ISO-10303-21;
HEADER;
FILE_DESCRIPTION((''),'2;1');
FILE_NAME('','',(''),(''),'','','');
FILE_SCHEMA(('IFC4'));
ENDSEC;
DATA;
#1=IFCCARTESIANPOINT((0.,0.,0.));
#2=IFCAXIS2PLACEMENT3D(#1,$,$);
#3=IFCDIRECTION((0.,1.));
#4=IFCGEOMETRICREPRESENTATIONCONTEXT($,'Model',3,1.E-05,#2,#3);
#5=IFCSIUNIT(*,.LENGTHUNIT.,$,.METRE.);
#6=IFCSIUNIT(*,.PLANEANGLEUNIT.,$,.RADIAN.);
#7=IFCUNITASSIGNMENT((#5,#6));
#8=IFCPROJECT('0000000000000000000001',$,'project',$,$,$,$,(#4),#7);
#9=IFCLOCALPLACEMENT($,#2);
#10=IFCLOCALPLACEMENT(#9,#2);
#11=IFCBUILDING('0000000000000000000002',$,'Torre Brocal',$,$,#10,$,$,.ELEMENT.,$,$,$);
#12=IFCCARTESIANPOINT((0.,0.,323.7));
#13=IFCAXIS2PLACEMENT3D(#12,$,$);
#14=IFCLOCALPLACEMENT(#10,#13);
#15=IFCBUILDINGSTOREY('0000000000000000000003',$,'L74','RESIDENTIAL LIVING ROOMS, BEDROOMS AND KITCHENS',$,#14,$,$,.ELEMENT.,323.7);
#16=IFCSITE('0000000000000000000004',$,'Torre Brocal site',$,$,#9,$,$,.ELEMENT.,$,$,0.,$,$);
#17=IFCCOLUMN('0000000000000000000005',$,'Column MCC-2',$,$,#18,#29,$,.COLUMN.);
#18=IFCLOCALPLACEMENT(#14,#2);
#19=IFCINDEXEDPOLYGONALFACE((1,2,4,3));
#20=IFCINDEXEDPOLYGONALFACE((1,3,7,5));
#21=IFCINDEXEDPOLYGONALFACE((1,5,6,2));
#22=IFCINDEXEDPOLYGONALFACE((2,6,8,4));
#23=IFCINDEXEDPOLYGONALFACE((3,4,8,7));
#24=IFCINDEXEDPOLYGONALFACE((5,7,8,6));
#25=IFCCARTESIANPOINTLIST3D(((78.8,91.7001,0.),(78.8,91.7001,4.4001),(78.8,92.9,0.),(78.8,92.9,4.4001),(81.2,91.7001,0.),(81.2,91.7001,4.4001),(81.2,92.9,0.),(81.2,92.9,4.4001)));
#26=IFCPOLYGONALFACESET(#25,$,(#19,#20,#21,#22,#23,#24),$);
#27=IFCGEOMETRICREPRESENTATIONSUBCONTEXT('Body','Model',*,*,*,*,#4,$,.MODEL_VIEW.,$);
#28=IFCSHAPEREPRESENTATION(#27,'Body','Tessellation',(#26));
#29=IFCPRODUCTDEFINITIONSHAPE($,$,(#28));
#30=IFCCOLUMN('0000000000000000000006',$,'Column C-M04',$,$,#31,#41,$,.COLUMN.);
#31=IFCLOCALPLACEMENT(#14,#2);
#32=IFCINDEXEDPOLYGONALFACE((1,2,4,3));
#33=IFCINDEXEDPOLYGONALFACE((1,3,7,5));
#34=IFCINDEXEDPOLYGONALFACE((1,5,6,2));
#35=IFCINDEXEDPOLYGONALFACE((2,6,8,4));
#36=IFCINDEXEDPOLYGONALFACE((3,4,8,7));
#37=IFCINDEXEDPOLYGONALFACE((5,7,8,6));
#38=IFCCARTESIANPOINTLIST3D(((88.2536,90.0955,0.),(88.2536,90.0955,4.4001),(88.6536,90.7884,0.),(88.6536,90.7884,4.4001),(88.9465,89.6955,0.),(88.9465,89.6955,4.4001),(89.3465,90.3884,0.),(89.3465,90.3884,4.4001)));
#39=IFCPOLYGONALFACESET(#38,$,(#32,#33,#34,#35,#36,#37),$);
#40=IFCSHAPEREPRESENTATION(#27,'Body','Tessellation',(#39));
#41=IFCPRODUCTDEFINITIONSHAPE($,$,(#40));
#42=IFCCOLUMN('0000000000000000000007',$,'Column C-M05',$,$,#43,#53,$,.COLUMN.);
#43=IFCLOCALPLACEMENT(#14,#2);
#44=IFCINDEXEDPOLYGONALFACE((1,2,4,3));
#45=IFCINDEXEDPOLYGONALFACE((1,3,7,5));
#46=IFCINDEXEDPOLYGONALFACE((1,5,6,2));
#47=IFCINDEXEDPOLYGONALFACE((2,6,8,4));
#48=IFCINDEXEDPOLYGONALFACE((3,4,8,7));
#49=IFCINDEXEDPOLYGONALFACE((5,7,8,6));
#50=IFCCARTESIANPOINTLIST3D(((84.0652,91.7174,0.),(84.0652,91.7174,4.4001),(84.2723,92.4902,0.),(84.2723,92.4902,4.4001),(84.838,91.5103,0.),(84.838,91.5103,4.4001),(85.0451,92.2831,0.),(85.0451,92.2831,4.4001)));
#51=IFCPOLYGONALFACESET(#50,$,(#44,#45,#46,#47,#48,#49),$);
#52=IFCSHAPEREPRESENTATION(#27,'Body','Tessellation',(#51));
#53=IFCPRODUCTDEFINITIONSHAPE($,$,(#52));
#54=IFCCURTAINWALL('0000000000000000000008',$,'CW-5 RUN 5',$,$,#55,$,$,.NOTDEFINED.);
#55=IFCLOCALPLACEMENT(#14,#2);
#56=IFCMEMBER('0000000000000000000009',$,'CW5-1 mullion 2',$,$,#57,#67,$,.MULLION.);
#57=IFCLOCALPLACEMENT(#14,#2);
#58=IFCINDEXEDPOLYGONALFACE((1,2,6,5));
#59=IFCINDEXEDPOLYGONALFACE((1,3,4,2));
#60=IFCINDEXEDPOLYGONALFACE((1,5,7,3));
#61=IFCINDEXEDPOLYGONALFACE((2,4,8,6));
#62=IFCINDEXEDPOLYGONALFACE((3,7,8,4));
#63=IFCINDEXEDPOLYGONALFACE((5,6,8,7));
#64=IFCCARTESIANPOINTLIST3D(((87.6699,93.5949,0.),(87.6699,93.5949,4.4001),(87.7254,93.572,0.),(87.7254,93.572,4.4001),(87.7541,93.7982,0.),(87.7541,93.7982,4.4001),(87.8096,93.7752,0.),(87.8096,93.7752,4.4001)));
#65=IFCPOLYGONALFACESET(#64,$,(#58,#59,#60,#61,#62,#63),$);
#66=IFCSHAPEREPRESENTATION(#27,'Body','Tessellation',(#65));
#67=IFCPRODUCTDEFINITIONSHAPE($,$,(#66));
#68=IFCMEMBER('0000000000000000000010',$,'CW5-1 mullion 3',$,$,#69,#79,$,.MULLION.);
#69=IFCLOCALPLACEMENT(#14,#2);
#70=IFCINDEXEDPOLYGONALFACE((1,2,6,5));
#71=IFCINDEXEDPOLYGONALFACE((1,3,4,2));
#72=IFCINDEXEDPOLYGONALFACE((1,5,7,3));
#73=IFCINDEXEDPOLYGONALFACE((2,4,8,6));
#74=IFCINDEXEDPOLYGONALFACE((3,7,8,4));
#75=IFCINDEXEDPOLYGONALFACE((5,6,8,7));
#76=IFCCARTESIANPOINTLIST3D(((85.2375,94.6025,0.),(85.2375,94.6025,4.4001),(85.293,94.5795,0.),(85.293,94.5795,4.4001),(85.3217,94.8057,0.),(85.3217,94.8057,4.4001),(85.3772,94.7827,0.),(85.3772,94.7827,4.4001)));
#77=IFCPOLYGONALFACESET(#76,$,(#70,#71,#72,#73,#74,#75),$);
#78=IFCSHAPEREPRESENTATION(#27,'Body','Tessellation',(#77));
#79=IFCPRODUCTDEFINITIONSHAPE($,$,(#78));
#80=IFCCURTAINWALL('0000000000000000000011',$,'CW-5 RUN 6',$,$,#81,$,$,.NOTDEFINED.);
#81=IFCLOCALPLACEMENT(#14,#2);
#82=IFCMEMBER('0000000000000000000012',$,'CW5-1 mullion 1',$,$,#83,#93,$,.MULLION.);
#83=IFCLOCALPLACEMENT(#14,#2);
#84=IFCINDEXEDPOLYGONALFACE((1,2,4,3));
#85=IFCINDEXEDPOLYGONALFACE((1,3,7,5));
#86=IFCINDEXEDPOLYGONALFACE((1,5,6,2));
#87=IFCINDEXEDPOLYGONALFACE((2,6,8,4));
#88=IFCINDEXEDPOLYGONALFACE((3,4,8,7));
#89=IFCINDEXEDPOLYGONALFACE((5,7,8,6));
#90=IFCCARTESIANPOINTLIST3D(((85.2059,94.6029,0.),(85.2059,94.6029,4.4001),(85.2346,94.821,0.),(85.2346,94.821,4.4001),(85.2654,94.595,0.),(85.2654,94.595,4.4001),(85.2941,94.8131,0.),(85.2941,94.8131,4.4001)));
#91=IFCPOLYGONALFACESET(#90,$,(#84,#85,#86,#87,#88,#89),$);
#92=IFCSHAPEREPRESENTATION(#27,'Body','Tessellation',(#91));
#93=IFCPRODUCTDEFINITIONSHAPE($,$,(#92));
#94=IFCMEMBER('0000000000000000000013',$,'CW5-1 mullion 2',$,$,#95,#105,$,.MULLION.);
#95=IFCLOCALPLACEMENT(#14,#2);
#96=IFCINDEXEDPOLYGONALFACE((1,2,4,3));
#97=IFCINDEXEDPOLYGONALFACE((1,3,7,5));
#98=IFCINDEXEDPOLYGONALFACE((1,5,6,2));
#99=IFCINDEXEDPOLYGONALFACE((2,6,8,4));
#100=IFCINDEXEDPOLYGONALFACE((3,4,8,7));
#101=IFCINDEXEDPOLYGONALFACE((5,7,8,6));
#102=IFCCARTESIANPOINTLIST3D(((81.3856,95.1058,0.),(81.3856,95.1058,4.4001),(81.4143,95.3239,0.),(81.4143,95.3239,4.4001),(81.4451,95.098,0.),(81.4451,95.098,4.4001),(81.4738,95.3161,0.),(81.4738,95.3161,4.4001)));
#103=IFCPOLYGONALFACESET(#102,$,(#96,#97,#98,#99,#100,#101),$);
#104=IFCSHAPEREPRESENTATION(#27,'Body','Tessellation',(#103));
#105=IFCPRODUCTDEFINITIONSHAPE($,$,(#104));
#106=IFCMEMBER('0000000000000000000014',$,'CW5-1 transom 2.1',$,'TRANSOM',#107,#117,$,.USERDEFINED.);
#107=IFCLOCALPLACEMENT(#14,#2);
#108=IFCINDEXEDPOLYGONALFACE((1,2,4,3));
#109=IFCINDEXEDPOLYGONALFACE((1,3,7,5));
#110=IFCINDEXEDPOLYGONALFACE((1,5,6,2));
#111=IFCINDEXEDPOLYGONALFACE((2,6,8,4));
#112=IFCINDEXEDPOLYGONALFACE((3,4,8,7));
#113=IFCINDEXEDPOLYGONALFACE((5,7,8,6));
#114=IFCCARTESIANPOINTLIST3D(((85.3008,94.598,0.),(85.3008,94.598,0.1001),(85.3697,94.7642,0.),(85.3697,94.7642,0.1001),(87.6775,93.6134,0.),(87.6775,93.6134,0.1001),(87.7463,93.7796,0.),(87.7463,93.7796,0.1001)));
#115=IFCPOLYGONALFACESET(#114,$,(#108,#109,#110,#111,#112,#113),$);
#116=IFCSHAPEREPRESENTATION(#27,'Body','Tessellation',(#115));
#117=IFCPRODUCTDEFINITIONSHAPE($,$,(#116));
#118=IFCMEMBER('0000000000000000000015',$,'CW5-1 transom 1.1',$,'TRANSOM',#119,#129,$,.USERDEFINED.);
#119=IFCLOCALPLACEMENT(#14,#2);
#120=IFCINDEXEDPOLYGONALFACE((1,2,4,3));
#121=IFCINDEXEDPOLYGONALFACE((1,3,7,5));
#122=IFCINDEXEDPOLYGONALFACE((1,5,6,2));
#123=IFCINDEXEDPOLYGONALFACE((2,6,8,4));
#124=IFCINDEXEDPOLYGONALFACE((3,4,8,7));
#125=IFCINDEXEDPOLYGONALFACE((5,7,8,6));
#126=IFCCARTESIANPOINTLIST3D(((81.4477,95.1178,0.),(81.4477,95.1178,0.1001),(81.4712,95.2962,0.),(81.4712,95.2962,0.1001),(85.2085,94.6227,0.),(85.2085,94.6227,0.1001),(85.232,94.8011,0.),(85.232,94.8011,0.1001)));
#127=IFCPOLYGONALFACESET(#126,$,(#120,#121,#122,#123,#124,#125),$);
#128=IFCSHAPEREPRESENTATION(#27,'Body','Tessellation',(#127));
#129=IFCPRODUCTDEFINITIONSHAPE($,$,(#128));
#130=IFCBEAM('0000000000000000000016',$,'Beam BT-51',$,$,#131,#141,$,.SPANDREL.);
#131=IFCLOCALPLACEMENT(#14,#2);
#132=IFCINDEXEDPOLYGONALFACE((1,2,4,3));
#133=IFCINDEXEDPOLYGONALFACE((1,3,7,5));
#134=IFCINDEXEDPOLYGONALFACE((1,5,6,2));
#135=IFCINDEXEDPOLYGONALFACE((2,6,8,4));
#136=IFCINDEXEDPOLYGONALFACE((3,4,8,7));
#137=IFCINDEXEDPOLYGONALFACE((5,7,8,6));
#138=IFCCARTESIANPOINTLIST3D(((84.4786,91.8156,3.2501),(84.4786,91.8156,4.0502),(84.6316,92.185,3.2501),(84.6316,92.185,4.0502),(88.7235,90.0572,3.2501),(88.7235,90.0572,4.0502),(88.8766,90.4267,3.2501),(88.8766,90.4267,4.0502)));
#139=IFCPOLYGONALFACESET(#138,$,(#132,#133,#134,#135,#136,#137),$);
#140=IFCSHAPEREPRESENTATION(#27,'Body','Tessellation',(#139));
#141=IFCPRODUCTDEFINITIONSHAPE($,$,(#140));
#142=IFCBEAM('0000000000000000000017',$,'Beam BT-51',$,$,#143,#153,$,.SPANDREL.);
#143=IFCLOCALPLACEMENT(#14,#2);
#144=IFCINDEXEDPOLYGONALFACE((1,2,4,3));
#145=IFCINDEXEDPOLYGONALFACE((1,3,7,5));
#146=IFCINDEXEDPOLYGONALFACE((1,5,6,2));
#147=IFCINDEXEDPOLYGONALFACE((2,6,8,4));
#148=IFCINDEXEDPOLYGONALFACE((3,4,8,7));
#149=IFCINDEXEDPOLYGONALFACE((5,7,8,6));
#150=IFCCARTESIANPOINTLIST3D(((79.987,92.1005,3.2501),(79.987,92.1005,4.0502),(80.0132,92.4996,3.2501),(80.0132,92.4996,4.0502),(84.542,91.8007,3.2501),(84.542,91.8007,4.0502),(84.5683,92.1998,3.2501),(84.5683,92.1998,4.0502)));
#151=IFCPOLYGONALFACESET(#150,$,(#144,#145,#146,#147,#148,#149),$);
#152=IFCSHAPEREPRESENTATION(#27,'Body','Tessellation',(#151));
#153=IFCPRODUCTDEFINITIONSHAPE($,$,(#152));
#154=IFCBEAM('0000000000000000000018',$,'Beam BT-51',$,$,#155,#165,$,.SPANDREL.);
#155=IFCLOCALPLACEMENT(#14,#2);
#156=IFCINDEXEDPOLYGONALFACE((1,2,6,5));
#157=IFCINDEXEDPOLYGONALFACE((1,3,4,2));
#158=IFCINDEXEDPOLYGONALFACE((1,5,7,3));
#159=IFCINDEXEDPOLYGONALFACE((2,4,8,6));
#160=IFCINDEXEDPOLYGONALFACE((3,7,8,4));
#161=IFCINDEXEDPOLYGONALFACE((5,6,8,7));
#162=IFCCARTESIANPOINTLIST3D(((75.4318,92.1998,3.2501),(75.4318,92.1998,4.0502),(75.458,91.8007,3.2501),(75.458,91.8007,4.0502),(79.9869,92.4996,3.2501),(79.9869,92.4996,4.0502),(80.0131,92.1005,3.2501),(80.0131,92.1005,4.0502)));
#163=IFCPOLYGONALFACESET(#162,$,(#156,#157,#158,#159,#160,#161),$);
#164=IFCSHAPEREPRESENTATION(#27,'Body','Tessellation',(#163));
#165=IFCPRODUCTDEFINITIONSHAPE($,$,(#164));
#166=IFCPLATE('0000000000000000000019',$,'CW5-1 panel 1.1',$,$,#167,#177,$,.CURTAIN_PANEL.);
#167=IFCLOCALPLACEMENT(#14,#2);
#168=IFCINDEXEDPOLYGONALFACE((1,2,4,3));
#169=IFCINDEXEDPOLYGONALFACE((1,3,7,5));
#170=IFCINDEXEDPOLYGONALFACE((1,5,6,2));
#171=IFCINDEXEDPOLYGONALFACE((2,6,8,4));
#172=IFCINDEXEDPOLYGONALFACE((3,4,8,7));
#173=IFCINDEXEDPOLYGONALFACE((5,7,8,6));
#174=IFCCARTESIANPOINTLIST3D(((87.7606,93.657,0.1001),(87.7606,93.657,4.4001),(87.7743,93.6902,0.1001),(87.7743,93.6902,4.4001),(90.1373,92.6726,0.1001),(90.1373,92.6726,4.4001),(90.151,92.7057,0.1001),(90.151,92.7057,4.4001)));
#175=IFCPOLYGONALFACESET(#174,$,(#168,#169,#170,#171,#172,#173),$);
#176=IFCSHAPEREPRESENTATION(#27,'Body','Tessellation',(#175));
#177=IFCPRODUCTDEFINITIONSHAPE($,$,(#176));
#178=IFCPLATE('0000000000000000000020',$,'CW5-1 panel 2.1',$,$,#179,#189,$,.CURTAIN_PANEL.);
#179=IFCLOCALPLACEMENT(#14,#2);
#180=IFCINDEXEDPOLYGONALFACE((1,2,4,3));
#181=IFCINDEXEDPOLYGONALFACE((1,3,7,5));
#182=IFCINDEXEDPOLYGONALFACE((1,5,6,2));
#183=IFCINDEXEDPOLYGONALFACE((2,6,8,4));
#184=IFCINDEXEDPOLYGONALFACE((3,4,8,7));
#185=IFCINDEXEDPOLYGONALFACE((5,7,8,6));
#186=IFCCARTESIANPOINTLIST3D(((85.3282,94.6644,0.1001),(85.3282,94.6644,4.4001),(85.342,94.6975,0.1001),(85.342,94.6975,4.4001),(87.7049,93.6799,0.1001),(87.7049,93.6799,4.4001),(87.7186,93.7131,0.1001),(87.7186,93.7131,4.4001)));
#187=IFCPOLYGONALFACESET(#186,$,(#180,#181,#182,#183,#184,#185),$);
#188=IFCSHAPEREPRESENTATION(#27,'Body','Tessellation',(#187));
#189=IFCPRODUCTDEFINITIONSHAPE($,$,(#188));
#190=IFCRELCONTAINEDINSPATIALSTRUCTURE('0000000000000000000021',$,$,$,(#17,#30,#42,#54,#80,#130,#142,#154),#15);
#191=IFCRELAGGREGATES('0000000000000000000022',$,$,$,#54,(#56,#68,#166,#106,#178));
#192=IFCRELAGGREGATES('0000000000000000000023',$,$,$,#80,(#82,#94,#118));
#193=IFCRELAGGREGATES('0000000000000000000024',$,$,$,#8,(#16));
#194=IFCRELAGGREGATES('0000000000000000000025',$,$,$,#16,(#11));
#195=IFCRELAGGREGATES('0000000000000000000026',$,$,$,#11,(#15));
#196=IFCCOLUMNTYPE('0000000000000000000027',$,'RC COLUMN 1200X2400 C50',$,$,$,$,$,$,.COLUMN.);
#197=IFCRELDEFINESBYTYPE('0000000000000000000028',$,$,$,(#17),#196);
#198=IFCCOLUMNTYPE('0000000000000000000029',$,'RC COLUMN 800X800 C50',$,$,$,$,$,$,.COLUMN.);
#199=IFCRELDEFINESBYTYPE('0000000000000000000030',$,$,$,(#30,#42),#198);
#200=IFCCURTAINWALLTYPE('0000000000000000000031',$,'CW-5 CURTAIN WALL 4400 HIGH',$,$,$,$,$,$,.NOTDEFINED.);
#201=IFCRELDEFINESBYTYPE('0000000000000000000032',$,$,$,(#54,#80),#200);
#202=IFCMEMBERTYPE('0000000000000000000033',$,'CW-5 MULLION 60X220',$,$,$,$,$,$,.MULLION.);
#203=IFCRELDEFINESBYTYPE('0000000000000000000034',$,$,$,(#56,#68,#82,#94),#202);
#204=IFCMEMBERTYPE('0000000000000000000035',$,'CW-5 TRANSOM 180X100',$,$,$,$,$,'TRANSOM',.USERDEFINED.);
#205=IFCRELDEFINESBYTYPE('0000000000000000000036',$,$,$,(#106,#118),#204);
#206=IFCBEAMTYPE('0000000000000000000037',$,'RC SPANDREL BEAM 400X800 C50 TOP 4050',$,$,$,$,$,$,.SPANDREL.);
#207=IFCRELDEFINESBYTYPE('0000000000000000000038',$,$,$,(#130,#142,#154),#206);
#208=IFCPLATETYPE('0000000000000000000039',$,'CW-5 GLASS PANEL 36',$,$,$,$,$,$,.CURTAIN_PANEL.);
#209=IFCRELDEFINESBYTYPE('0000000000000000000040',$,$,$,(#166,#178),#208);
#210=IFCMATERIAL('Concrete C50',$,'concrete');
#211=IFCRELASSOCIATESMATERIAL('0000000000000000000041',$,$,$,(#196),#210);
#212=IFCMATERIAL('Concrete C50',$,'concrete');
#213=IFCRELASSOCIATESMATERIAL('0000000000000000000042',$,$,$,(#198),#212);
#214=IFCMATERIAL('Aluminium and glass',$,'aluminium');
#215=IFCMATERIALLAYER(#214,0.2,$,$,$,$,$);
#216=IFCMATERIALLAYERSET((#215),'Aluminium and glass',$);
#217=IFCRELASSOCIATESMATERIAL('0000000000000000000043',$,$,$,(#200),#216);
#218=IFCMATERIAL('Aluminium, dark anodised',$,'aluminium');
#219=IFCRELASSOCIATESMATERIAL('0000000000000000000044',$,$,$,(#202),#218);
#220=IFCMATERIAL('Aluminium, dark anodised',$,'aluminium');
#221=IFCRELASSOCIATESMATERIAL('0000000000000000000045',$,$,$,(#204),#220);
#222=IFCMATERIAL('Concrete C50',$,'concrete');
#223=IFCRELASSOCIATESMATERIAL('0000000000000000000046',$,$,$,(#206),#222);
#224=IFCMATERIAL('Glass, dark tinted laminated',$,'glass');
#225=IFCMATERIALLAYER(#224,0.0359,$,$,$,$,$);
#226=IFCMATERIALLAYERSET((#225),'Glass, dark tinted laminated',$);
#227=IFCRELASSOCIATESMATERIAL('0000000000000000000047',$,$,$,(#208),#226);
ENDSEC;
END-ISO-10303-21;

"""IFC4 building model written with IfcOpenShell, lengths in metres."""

from ifc_helpers import new_model, si_unit, direction, frame, origin, origin_2d, place, context, subcontext, project, spatial, rectangle, extrude, material, layer, layer_set, material_profile, profile_set, type_object, element, aggregate, save


model = new_model("IFC4")

# Units and contexts
model_context = context("Model", 3, precision=1e-05, world=origin(), true_north=direction((0.0, 1.0)))
body_context = subcontext(model_context, "Body", "Model", "MODEL_VIEW")
ifc_project = project(units=[si_unit("LENGTHUNIT", "METRE"), si_unit("PLANEANGLEUNIT", "RADIAN")], contexts=[model_context])

# Site, building, storey
site_placement = place(None, origin())
site = spatial("IfcSite", under=ifc_project, at=site_placement, Name="Torre Brocal site", CompositionType="ELEMENT", RefElevation=0.0)
building_placement = place(site_placement, origin())
building = spatial("IfcBuilding", under=site, at=building_placement, Name="Torre Brocal", CompositionType="ELEMENT")
storey_placement = place(building_placement, frame((0.0, 0.0, 323.7)))
storey = spatial("IfcBuildingStorey", under=building, at=storey_placement, Name="L74", Description="RESIDENTIAL LIVING ROOMS, BEDROOMS AND KITCHENS", CompositionType="ELEMENT", Elevation=323.7)

# Columns
ifc_material_1 = material(Name="Concrete C50", Category="concrete")
ifc_material_profile_1 = material_profile(ifc_material_1, rectangle(XDim=1.2, YDim=2.3999, at=origin_2d()), Name="RC 1200X2400")
ifc_profile_set_1 = profile_set([ifc_material_profile_1], Name="Concrete C50")
column_type_1 = type_object("IfcColumnType", Name="RC COLUMN 1200X2400 C50", PredefinedType="COLUMN", material=ifc_profile_set_1)
column_placement = place(storey_placement, frame((80.0, 92.3, 0.0), z_axis=(0.0, 0.0, 1.0), x_axis=(0.0, 1.0, 0.0)))
element("IfcColumn", 1, at=column_placement, inside=storey, type_object=column_type_1, Name="Column MCC-2", PredefinedType="COLUMN", context=body_context, shape_type="SweptSolid", body=[
    extrude(rectangle(XDim=1.2, YDim=2.3999, at=origin_2d()), origin(), (0.0, 0.0, 1.0), 4.4001),
])
ifc_material_2 = material(Name="Concrete C50", Category="concrete")
ifc_material_profile_2 = material_profile(ifc_material_2, rectangle(XDim=0.8, YDim=0.8, at=origin_2d()), Name="RC 800X800")
ifc_profile_set_2 = profile_set([ifc_material_profile_2], Name="Concrete C50")
column_type_2 = type_object("IfcColumnType", Name="RC COLUMN 800X800 C50", PredefinedType="COLUMN", material=ifc_profile_set_2)
for number, where, z_axis, x_axis, name in (
    (2, (88.8, 90.2419, 0.0), (0.0, 0.0, 1.0), (0.5, 0.866025, 0.0), "Column C-M04"),
    (3, (84.5552, 92.0002, 0.0), (0.0, 0.0, 1.0), (0.258819, 0.965926, 0.0), "Column C-M05"),
):
    element("IfcColumn", number, at=place(storey_placement, frame(where, z_axis=z_axis, x_axis=x_axis)), inside=storey, type_object=column_type_2, Name=name, PredefinedType="COLUMN", context=body_context, shape_type="SweptSolid", body=[
        extrude(rectangle(XDim=0.8, YDim=0.8, at=origin_2d()), origin(), (0.0, 0.0, 1.0), 4.4001),
    ])

# Curtain walls, members
ifc_material_3 = material(Name="Aluminium and glass", Category="aluminium")
ifc_layer_1 = layer(ifc_material_3, 0.2)
ifc_layer_set_1 = layer_set([ifc_layer_1], Name="Aluminium and glass")
curtain_wall_type = type_object("IfcCurtainWallType", Name="CW-5 CURTAIN WALL 4400 HIGH", PredefinedType="NOTDEFINED", material=ifc_layer_set_1)
curtain_wall_1_placement = place(storey_placement, origin())
curtain_wall_1 = element("IfcCurtainWall", 4, at=curtain_wall_1_placement, inside=storey, type_object=curtain_wall_type, Name="CW-5 RUN 5", PredefinedType="NOTDEFINED")
ifc_material_4 = material(Name="Aluminium, dark anodised", Category="aluminium")
ifc_material_profile_3 = material_profile(ifc_material_4, rectangle(XDim=0.22, YDim=0.0601, at=origin_2d()), Name="CW-5 MULLION 60X220")
ifc_profile_set_3 = profile_set([ifc_material_profile_3], Name="Aluminium, dark anodised")
member_type_1 = type_object("IfcMemberType", Name="CW-5 MULLION 60X220", PredefinedType="MULLION", material=ifc_profile_set_3)
member_1_placement = place(storey_placement, frame((87.7397, 93.6851, 0.0), z_axis=(0.0, 0.0, 1.0), x_axis=(-0.382683, -0.92388, 0.0)))
member_1 = element("IfcMember", 5, at=member_1_placement, type_object=member_type_1, Name="CW5-1 mullion 2", PredefinedType="MULLION", context=body_context, shape_type="SweptSolid", body=[
    extrude(rectangle(XDim=0.22, YDim=0.0601, at=origin_2d()), origin(), (0.0, 0.0, 1.0), 4.4001),
])
member_2_placement = place(storey_placement, frame((85.3074, 94.6926, 0.0), z_axis=(0.0, 0.0, 1.0), x_axis=(-0.382683, -0.92388, 0.0)))
member_2 = element("IfcMember", 6, at=member_2_placement, type_object=member_type_1, Name="CW5-1 mullion 3", PredefinedType="MULLION", context=body_context, shape_type="SweptSolid", body=[
    extrude(rectangle(XDim=0.22, YDim=0.0601, at=origin_2d()), origin(), (0.0, 0.0, 1.0), 4.4001),
])
curtain_wall_2_placement = place(storey_placement, origin())
curtain_wall_2 = element("IfcCurtainWall", 7, at=curtain_wall_2_placement, inside=storey, type_object=curtain_wall_type, Name="CW-5 RUN 6", PredefinedType="NOTDEFINED")
member_3_placement = place(storey_placement, frame((85.25, 94.708, 0.0), z_axis=(0.0, 0.0, 1.0), x_axis=(-0.130526, -0.991445, 0.0)))
member_3 = element("IfcMember", 8, at=member_3_placement, type_object=member_type_1, Name="CW5-1 mullion 1", PredefinedType="MULLION", context=body_context, shape_type="SweptSolid", body=[
    extrude(rectangle(XDim=0.22, YDim=0.0601, at=origin_2d()), origin(), (0.0, 0.0, 1.0), 4.4001),
])
member_4_placement = place(storey_placement, frame((81.4297, 95.2109, 0.0), z_axis=(0.0, 0.0, 1.0), x_axis=(-0.130526, -0.991445, 0.0)))
member_4 = element("IfcMember", 9, at=member_4_placement, type_object=member_type_1, Name="CW5-1 mullion 2", PredefinedType="MULLION", context=body_context, shape_type="SweptSolid", body=[
    extrude(rectangle(XDim=0.22, YDim=0.0601, at=origin_2d()), origin(), (0.0, 0.0, 1.0), 4.4001),
])

# Members
ifc_material_5 = material(Name="Aluminium, dark anodised", Category="aluminium")
ifc_material_profile_4 = material_profile(ifc_material_5, rectangle(XDim=0.1799, YDim=0.1001, at=origin_2d()), Name="CW-5 TRANSOM 180X100")
ifc_profile_set_4 = profile_set([ifc_material_profile_4], Name="Aluminium, dark anodised")
member_type_2 = type_object("IfcMemberType", Name="CW-5 TRANSOM 180X100", ElementType="TRANSOM", PredefinedType="USERDEFINED", material=ifc_profile_set_4)
member_5_placement = place(storey_placement, frame((87.7119, 93.6965, 0.05), z_axis=(-0.923858, 0.382735, 0.0), x_axis=(-0.382735, -0.923858, 0.0)))
member_5 = element("IfcMember", 10, at=member_5_placement, type_object=member_type_2, Name="CW5-1 transom 2.1", ObjectType="TRANSOM", PredefinedType="USERDEFINED", context=body_context, shape_type="SweptSolid", body=[
    extrude(rectangle(XDim=0.1799, YDim=0.1001, at=origin_2d()), origin(), (0.0, 0.0, 1.0), 2.5725),
])
member_6_placement = place(storey_placement, frame((85.2202, 94.7119, 0.05), z_axis=(-0.991445, 0.130528, 0.0), x_axis=(-0.130528, -0.991445, 0.0)))
member_6 = element("IfcMember", 11, at=member_6_placement, type_object=member_type_2, Name="CW5-1 transom 1.1", ObjectType="TRANSOM", PredefinedType="USERDEFINED", context=body_context, shape_type="SweptSolid", body=[
    extrude(rectangle(XDim=0.1799, YDim=0.1001, at=origin_2d()), origin(), (0.0, 0.0, 1.0), 3.7932),
])

# Beams
ifc_material_6 = material(Name="Concrete C50", Category="concrete")
ifc_material_profile_5 = material_profile(ifc_material_6, rectangle(XDim=0.3999, YDim=0.8, at=origin_2d()), Name="RC 400X800")
ifc_profile_set_5 = profile_set([ifc_material_profile_5], Name="Concrete C50")
beam_type = type_object("IfcBeamType", Name="RC SPANDREL BEAM 400X800 C50 TOP 4050", PredefinedType="SPANDREL", material=ifc_profile_set_5)
beam_placement = place(storey_placement, frame((88.8, 90.2419, 3.6501), z_axis=(-0.923878, 0.382687, 0.0), x_axis=(-0.382687, -0.923878, 0.0)))
element("IfcBeam", 12, at=beam_placement, inside=storey, type_object=beam_type, Name="Beam BT-51", PredefinedType="SPANDREL", context=body_context, shape_type="SweptSolid", body=[
    extrude(rectangle(XDim=0.3999, YDim=0.8, at=origin_2d()), origin(), (0.0, 0.0, 1.0), 4.5947),
])
for number, where, z_axis, x_axis, name in (
    (13, (84.5552, 92.0002, 3.6501), (-0.997841, 0.065674, 0.0), (-0.065674, -0.997841, 0.0), "Beam BT-51"),
    (14, (80.0, 92.3, 3.6501), (-0.997841, -0.065674, 0.0), (0.065674, -0.997841, 0.0), "Beam BT-51"),
):
    element("IfcBeam", number, at=place(storey_placement, frame(where, z_axis=z_axis, x_axis=x_axis)), inside=storey, type_object=beam_type, Name=name, PredefinedType="SPANDREL", context=body_context, shape_type="SweptSolid", body=[
        extrude(rectangle(XDim=0.3999, YDim=0.8, at=origin_2d()), origin(), (0.0, 0.0, 1.0), 4.5649),
    ])

# Plates
ifc_material_7 = material(Name="Glass, dark tinted laminated", Category="glass")
ifc_layer_2 = layer(ifc_material_7, 0.0359)
ifc_layer_set_2 = layer_set([ifc_layer_2], Name="Glass, dark tinted laminated")
plate_type = type_object("IfcPlateType", Name="CW-5 GLASS PANEL 36", PredefinedType="CURTAIN_PANEL", material=ifc_layer_set_2)
plate_1_placement = place(storey_placement, frame((88.9558, 93.1814, 0.1001), z_axis=(0.0, 0.0, 1.0), x_axis=(-0.92388, 0.382683, 0.0)))
plate_1 = element("IfcPlate", 15, at=plate_1_placement, type_object=plate_type, Name="CW5-1 panel 1.1", PredefinedType="CURTAIN_PANEL", context=body_context, shape_type="SweptSolid", body=[
    extrude(rectangle(XDim=2.5725, YDim=0.0359, at=origin_2d()), origin(), (0.0, 0.0, 1.0), 4.3),
])
plate_2_placement = place(storey_placement, frame((86.5234, 94.1887, 0.1001), z_axis=(0.0, 0.0, 1.0), x_axis=(-0.92388, 0.382683, 0.0)))
plate_2 = element("IfcPlate", 16, at=plate_2_placement, type_object=plate_type, Name="CW5-1 panel 2.1", PredefinedType="CURTAIN_PANEL", context=body_context, shape_type="SweptSolid", body=[
    extrude(rectangle(XDim=2.5725, YDim=0.0359, at=origin_2d()), origin(), (0.0, 0.0, 1.0), 4.3),
])
aggregate(curtain_wall_1, [member_1, member_2, plate_1, member_5, plate_2])
aggregate(curtain_wall_2, [member_3, member_4, member_6])

save(model, "model.ifc")
